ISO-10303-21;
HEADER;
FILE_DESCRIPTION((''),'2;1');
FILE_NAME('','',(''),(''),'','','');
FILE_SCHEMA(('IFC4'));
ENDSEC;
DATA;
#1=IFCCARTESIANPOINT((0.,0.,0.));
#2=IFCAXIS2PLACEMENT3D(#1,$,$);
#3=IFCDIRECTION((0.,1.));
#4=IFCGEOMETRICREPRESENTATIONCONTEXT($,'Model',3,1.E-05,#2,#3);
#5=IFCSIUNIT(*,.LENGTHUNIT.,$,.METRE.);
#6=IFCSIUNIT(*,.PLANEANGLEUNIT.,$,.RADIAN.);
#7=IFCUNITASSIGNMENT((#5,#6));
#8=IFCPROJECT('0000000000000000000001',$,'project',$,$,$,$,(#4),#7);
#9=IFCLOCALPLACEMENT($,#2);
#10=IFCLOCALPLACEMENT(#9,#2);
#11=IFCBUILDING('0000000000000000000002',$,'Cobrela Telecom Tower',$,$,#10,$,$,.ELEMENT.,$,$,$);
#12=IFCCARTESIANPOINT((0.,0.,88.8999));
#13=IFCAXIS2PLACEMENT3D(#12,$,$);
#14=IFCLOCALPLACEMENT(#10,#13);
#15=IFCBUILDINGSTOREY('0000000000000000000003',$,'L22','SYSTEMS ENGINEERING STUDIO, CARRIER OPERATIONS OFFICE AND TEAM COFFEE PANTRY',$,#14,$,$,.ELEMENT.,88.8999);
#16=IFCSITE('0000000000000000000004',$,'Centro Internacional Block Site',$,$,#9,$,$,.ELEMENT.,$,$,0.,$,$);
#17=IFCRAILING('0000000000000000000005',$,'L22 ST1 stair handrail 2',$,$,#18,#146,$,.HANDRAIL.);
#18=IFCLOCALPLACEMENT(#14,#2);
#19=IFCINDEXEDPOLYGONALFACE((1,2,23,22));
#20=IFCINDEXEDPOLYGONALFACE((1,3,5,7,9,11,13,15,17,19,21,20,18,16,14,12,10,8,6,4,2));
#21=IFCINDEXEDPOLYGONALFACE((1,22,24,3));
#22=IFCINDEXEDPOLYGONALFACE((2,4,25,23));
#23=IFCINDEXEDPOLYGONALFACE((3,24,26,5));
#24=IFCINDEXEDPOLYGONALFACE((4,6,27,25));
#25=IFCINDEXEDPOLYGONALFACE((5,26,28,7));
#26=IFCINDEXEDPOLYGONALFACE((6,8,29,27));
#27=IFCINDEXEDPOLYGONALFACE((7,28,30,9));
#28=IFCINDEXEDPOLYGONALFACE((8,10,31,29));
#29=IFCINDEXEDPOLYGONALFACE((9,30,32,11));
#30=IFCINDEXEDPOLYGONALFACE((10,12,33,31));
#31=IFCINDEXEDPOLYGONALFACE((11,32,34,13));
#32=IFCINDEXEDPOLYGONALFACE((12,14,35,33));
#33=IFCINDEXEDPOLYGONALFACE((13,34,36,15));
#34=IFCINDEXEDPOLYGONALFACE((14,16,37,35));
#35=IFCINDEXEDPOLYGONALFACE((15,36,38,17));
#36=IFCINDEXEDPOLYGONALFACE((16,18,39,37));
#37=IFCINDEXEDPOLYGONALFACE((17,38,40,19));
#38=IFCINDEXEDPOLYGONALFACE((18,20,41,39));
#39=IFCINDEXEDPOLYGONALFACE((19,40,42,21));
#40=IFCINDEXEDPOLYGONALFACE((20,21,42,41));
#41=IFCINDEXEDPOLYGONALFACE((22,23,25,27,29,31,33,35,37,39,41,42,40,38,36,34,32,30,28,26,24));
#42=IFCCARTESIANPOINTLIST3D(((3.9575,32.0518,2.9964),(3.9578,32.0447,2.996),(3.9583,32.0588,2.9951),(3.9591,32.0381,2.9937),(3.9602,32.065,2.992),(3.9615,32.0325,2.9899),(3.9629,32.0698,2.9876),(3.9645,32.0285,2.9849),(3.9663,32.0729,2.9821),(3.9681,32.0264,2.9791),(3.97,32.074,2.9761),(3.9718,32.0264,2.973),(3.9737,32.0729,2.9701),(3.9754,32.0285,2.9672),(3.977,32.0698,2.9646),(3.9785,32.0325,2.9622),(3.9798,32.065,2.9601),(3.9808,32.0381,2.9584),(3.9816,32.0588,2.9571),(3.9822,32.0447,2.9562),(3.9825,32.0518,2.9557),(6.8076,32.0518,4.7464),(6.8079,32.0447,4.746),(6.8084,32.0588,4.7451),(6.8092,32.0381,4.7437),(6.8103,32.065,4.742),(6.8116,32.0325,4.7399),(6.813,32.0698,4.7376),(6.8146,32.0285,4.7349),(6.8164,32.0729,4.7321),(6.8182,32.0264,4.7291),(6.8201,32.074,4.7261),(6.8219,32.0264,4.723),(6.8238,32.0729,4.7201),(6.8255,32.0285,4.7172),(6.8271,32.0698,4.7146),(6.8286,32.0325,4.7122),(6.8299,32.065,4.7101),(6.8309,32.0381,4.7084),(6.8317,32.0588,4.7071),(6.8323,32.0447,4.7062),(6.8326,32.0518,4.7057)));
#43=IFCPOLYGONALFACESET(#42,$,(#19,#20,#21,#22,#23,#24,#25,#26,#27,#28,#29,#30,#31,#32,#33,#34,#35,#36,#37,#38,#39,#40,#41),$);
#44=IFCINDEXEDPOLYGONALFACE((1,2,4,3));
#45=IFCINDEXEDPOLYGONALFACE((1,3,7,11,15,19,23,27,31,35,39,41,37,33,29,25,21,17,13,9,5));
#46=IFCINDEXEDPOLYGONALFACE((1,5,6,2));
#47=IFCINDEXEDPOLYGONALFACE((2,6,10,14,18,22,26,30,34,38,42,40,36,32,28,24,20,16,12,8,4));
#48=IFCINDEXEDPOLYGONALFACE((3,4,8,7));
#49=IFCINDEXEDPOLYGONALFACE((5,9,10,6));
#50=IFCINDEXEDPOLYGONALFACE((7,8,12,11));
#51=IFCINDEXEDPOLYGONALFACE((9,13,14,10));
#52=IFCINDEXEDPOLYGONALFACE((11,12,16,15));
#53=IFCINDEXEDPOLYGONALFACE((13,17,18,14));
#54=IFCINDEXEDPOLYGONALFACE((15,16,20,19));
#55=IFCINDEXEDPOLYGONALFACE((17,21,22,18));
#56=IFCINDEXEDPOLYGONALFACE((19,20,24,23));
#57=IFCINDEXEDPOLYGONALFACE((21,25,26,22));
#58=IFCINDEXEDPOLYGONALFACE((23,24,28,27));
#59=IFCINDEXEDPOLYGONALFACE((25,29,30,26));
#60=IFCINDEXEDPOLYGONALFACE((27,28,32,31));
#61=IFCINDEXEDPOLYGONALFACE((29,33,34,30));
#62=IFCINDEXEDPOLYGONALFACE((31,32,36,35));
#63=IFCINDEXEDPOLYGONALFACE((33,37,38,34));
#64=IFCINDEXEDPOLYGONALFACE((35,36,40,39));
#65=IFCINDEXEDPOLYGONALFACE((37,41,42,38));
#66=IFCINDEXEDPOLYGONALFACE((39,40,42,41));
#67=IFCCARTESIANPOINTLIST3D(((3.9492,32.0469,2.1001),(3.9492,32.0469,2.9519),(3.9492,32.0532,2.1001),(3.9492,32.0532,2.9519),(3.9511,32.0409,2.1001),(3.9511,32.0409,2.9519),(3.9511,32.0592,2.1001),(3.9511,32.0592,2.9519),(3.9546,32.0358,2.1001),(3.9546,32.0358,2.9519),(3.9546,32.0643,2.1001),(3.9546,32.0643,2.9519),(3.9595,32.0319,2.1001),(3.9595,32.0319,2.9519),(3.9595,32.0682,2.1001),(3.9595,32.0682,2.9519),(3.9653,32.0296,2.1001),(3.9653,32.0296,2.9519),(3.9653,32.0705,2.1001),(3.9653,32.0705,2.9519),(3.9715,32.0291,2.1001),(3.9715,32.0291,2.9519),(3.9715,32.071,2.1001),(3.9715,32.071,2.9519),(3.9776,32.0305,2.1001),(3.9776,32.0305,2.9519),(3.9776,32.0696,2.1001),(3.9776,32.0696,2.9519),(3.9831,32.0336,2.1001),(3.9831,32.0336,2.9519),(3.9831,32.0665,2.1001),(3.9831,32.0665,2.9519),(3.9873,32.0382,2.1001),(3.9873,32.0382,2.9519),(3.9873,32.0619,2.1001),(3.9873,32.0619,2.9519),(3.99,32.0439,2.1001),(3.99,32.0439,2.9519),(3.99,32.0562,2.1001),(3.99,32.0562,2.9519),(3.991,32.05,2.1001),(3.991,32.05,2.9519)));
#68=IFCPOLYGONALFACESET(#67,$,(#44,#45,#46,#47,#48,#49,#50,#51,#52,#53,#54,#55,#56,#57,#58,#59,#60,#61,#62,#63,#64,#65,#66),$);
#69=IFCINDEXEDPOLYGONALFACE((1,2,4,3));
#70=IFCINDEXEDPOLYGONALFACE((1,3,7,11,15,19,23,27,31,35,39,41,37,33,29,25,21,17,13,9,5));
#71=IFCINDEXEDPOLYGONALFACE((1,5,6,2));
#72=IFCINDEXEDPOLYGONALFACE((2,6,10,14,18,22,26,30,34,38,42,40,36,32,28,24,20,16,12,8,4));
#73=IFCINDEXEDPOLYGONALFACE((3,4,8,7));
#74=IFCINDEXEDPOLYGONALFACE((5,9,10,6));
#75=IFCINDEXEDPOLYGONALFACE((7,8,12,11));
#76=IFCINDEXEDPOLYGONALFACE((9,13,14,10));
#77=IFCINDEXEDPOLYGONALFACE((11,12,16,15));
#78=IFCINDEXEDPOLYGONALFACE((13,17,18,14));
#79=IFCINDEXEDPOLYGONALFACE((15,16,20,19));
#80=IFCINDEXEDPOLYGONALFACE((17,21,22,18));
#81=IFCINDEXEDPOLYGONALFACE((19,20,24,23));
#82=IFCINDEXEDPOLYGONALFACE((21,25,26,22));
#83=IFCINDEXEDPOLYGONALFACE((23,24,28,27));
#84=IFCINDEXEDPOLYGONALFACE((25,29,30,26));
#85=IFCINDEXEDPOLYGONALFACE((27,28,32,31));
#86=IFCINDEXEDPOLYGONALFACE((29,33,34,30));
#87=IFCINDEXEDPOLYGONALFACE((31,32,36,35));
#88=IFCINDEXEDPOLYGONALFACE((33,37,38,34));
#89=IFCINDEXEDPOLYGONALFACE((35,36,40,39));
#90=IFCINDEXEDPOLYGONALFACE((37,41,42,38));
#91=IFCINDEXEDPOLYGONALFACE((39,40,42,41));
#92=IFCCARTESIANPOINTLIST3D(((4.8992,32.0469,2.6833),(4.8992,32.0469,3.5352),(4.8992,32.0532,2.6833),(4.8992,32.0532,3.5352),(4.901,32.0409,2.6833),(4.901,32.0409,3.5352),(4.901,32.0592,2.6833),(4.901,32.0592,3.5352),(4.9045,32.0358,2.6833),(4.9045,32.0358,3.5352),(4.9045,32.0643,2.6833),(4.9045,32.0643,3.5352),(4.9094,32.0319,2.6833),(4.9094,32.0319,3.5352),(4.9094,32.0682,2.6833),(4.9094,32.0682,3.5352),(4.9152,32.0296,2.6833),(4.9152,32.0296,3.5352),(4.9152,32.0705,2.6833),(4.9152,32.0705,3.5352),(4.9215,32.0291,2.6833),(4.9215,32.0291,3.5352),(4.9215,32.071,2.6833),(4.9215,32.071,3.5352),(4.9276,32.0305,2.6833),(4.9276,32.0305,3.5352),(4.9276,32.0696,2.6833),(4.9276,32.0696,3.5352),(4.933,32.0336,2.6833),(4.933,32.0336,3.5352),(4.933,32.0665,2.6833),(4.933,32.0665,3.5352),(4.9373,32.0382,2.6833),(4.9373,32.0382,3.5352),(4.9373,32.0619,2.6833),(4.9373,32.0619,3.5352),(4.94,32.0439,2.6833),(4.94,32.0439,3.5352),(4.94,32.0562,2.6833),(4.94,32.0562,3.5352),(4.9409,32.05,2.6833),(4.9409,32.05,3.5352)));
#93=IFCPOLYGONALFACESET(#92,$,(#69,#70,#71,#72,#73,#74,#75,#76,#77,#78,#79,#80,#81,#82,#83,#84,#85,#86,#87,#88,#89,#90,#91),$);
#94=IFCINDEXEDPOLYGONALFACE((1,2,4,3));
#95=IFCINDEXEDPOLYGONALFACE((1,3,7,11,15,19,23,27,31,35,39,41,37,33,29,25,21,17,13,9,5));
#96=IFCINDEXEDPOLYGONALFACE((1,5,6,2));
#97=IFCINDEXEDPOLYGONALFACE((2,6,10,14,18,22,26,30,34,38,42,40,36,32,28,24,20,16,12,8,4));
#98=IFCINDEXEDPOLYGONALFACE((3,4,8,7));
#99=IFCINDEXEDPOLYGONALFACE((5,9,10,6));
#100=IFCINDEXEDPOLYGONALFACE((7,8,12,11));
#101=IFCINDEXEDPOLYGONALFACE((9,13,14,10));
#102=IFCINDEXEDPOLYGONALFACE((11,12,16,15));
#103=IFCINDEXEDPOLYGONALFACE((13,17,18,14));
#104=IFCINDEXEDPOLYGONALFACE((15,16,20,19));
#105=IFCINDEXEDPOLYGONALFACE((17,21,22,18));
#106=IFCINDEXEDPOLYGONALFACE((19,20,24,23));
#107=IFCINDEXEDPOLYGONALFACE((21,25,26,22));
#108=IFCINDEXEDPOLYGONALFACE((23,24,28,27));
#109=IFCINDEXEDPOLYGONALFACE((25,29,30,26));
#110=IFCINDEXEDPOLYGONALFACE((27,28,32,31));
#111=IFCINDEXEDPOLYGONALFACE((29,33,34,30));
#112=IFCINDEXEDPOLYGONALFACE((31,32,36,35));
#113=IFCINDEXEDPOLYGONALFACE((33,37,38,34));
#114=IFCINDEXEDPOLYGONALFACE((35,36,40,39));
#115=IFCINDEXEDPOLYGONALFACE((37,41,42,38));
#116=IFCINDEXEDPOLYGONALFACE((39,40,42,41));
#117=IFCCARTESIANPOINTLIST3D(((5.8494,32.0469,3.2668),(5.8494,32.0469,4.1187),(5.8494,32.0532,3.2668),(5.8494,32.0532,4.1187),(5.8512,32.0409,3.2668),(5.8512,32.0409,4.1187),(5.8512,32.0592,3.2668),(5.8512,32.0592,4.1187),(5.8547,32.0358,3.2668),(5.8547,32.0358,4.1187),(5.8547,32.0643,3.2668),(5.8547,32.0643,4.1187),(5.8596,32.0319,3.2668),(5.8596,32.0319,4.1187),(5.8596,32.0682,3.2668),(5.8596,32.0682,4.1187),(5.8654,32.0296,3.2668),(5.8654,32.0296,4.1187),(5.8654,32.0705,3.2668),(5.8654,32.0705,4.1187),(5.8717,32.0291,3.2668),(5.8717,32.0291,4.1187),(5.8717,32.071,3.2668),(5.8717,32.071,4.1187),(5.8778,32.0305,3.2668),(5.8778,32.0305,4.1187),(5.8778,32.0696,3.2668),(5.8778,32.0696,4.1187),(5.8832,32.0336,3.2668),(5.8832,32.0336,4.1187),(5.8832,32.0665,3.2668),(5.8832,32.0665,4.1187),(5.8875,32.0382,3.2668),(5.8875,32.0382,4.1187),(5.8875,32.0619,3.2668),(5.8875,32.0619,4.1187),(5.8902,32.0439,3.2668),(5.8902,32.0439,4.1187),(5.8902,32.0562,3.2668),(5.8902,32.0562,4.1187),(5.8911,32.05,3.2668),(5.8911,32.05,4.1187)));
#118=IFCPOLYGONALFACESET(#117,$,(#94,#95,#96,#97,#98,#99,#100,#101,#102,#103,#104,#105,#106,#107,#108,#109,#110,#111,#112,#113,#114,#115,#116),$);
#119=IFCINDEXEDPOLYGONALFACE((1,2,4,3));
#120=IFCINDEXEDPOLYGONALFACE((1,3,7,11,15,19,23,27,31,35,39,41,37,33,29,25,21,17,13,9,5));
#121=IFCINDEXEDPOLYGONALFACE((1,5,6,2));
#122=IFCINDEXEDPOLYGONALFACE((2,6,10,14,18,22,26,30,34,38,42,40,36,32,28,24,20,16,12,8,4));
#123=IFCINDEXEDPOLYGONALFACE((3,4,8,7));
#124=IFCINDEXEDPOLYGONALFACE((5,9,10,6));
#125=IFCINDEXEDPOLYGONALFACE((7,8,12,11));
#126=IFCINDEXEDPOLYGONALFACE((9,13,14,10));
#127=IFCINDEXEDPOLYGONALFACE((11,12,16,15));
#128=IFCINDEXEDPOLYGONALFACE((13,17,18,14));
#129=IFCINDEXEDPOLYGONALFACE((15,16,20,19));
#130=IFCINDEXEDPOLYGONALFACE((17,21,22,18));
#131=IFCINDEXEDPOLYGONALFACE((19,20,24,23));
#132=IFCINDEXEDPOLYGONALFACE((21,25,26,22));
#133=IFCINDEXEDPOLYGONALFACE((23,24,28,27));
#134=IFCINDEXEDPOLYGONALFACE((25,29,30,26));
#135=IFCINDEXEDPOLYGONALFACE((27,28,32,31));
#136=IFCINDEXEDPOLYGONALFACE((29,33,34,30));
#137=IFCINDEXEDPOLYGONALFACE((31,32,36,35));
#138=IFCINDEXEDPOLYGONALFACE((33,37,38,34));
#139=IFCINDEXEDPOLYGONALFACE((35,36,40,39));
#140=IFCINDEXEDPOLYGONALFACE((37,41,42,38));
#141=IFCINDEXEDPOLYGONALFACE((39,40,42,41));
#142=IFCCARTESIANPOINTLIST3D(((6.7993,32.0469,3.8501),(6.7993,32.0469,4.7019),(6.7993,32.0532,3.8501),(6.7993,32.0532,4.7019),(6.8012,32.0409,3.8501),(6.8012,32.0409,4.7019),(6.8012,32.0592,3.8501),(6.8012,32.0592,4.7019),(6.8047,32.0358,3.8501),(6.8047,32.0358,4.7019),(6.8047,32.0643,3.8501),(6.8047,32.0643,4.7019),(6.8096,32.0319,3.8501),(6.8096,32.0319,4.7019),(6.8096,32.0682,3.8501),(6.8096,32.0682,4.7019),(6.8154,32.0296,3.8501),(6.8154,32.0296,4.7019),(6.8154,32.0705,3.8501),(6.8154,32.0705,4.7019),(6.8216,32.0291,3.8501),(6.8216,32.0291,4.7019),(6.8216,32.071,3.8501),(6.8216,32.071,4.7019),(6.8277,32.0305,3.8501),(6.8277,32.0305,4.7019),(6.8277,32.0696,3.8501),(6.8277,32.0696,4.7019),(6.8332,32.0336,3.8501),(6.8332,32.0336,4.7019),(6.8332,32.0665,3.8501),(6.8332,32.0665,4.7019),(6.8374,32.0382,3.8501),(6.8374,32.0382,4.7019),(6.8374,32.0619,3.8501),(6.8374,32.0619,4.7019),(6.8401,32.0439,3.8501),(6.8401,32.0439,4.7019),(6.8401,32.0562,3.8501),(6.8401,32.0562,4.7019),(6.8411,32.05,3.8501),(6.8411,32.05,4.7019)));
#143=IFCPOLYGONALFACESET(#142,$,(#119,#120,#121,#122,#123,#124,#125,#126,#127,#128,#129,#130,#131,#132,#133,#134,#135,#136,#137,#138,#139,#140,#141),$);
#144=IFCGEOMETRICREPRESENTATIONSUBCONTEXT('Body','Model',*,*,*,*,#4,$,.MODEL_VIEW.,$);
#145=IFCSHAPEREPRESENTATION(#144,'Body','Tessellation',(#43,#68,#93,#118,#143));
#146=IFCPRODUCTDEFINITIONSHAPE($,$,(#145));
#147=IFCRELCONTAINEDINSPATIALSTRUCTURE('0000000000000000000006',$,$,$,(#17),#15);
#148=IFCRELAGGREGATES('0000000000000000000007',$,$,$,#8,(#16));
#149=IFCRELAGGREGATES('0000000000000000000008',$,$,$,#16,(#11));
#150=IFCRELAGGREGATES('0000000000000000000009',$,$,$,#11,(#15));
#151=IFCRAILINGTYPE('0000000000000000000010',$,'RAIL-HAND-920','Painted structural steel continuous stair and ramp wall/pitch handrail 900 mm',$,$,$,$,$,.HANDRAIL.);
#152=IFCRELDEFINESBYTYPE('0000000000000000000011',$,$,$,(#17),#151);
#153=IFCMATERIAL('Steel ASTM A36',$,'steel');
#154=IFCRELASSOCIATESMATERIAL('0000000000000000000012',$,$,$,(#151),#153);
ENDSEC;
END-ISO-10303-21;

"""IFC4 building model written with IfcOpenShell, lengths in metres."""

from ifc_helpers import new_model, si_unit, direction, frame, origin, origin_2d, place, context, subcontext, project, spatial, circle, extrude, material, type_object, element, save


model = new_model("IFC4")

# Units and contexts
model_context = context("Model", 3, precision=1e-05, world=origin(), true_north=direction((0.0, 1.0)))
body_context = subcontext(model_context, "Body", "Model", "MODEL_VIEW")
ifc_project = project(units=[si_unit("LENGTHUNIT", "METRE"), si_unit("PLANEANGLEUNIT", "RADIAN")], contexts=[model_context])

# Site, building, storey
site_placement = place(None, origin())
site = spatial("IfcSite", under=ifc_project, at=site_placement, Name="Centro Internacional Block Site", CompositionType="ELEMENT", RefElevation=0.0)
building_placement = place(site_placement, origin())
building = spatial("IfcBuilding", under=site, at=building_placement, Name="Cobrela Telecom Tower", CompositionType="ELEMENT")
storey_placement = place(building_placement, frame((0.0, 0.0, 88.8999)))
storey = spatial("IfcBuildingStorey", under=building, at=storey_placement, Name="L22", Description="SYSTEMS ENGINEERING STUDIO, CARRIER OPERATIONS OFFICE AND TEAM COFFEE PANTRY", CompositionType="ELEMENT", Elevation=88.8999)

# Shared definitions
ifc_material_1 = material(Name="Steel ASTM A36", Category="steel")

# Railing
railing_type_1 = type_object("IfcRailingType", Name="RAIL-HAND-920", Description="Painted structural steel continuous stair and ramp wall/pitch handrail 900 mm", PredefinedType="HANDRAIL", material=ifc_material_1)
railing_1_placement = place(storey_placement, frame((3.97, 32.05, 2.1001)))
element("IfcRailing", 1, at=railing_1_placement, inside=storey, type_object=railing_type_1, Name="L22 ST1 stair handrail 2", PredefinedType="HANDRAIL", context=body_context, shape_type="SweptSolid", body=[
    extrude(circle(Radius=0.0239, at=origin_2d()), frame((0.0, 0.0, 0.876), z_axis=(0.852179, 0.0, 0.52325), x_axis=(0.0, 1.0, 0.0)), (0.0, 0.0, 1.0), 3.3445),
    extrude(circle(Radius=0.021, at=origin_2d()), origin(), (0.0, 0.0, 1.0), 0.8518),
    extrude(circle(Radius=0.021, at=origin_2d()), frame((0.95, 0.0, 0.5833)), (0.0, 0.0, 1.0), 0.8518),
    extrude(circle(Radius=0.021, at=origin_2d()), frame((1.9001, 0.0, 1.1667)), (0.0, 0.0, 1.0), 0.8518),
    extrude(circle(Radius=0.021, at=origin_2d()), frame((2.8501, 0.0, 1.75)), (0.0, 0.0, 1.0), 0.8518),
])

save(model, "model.ifc")
